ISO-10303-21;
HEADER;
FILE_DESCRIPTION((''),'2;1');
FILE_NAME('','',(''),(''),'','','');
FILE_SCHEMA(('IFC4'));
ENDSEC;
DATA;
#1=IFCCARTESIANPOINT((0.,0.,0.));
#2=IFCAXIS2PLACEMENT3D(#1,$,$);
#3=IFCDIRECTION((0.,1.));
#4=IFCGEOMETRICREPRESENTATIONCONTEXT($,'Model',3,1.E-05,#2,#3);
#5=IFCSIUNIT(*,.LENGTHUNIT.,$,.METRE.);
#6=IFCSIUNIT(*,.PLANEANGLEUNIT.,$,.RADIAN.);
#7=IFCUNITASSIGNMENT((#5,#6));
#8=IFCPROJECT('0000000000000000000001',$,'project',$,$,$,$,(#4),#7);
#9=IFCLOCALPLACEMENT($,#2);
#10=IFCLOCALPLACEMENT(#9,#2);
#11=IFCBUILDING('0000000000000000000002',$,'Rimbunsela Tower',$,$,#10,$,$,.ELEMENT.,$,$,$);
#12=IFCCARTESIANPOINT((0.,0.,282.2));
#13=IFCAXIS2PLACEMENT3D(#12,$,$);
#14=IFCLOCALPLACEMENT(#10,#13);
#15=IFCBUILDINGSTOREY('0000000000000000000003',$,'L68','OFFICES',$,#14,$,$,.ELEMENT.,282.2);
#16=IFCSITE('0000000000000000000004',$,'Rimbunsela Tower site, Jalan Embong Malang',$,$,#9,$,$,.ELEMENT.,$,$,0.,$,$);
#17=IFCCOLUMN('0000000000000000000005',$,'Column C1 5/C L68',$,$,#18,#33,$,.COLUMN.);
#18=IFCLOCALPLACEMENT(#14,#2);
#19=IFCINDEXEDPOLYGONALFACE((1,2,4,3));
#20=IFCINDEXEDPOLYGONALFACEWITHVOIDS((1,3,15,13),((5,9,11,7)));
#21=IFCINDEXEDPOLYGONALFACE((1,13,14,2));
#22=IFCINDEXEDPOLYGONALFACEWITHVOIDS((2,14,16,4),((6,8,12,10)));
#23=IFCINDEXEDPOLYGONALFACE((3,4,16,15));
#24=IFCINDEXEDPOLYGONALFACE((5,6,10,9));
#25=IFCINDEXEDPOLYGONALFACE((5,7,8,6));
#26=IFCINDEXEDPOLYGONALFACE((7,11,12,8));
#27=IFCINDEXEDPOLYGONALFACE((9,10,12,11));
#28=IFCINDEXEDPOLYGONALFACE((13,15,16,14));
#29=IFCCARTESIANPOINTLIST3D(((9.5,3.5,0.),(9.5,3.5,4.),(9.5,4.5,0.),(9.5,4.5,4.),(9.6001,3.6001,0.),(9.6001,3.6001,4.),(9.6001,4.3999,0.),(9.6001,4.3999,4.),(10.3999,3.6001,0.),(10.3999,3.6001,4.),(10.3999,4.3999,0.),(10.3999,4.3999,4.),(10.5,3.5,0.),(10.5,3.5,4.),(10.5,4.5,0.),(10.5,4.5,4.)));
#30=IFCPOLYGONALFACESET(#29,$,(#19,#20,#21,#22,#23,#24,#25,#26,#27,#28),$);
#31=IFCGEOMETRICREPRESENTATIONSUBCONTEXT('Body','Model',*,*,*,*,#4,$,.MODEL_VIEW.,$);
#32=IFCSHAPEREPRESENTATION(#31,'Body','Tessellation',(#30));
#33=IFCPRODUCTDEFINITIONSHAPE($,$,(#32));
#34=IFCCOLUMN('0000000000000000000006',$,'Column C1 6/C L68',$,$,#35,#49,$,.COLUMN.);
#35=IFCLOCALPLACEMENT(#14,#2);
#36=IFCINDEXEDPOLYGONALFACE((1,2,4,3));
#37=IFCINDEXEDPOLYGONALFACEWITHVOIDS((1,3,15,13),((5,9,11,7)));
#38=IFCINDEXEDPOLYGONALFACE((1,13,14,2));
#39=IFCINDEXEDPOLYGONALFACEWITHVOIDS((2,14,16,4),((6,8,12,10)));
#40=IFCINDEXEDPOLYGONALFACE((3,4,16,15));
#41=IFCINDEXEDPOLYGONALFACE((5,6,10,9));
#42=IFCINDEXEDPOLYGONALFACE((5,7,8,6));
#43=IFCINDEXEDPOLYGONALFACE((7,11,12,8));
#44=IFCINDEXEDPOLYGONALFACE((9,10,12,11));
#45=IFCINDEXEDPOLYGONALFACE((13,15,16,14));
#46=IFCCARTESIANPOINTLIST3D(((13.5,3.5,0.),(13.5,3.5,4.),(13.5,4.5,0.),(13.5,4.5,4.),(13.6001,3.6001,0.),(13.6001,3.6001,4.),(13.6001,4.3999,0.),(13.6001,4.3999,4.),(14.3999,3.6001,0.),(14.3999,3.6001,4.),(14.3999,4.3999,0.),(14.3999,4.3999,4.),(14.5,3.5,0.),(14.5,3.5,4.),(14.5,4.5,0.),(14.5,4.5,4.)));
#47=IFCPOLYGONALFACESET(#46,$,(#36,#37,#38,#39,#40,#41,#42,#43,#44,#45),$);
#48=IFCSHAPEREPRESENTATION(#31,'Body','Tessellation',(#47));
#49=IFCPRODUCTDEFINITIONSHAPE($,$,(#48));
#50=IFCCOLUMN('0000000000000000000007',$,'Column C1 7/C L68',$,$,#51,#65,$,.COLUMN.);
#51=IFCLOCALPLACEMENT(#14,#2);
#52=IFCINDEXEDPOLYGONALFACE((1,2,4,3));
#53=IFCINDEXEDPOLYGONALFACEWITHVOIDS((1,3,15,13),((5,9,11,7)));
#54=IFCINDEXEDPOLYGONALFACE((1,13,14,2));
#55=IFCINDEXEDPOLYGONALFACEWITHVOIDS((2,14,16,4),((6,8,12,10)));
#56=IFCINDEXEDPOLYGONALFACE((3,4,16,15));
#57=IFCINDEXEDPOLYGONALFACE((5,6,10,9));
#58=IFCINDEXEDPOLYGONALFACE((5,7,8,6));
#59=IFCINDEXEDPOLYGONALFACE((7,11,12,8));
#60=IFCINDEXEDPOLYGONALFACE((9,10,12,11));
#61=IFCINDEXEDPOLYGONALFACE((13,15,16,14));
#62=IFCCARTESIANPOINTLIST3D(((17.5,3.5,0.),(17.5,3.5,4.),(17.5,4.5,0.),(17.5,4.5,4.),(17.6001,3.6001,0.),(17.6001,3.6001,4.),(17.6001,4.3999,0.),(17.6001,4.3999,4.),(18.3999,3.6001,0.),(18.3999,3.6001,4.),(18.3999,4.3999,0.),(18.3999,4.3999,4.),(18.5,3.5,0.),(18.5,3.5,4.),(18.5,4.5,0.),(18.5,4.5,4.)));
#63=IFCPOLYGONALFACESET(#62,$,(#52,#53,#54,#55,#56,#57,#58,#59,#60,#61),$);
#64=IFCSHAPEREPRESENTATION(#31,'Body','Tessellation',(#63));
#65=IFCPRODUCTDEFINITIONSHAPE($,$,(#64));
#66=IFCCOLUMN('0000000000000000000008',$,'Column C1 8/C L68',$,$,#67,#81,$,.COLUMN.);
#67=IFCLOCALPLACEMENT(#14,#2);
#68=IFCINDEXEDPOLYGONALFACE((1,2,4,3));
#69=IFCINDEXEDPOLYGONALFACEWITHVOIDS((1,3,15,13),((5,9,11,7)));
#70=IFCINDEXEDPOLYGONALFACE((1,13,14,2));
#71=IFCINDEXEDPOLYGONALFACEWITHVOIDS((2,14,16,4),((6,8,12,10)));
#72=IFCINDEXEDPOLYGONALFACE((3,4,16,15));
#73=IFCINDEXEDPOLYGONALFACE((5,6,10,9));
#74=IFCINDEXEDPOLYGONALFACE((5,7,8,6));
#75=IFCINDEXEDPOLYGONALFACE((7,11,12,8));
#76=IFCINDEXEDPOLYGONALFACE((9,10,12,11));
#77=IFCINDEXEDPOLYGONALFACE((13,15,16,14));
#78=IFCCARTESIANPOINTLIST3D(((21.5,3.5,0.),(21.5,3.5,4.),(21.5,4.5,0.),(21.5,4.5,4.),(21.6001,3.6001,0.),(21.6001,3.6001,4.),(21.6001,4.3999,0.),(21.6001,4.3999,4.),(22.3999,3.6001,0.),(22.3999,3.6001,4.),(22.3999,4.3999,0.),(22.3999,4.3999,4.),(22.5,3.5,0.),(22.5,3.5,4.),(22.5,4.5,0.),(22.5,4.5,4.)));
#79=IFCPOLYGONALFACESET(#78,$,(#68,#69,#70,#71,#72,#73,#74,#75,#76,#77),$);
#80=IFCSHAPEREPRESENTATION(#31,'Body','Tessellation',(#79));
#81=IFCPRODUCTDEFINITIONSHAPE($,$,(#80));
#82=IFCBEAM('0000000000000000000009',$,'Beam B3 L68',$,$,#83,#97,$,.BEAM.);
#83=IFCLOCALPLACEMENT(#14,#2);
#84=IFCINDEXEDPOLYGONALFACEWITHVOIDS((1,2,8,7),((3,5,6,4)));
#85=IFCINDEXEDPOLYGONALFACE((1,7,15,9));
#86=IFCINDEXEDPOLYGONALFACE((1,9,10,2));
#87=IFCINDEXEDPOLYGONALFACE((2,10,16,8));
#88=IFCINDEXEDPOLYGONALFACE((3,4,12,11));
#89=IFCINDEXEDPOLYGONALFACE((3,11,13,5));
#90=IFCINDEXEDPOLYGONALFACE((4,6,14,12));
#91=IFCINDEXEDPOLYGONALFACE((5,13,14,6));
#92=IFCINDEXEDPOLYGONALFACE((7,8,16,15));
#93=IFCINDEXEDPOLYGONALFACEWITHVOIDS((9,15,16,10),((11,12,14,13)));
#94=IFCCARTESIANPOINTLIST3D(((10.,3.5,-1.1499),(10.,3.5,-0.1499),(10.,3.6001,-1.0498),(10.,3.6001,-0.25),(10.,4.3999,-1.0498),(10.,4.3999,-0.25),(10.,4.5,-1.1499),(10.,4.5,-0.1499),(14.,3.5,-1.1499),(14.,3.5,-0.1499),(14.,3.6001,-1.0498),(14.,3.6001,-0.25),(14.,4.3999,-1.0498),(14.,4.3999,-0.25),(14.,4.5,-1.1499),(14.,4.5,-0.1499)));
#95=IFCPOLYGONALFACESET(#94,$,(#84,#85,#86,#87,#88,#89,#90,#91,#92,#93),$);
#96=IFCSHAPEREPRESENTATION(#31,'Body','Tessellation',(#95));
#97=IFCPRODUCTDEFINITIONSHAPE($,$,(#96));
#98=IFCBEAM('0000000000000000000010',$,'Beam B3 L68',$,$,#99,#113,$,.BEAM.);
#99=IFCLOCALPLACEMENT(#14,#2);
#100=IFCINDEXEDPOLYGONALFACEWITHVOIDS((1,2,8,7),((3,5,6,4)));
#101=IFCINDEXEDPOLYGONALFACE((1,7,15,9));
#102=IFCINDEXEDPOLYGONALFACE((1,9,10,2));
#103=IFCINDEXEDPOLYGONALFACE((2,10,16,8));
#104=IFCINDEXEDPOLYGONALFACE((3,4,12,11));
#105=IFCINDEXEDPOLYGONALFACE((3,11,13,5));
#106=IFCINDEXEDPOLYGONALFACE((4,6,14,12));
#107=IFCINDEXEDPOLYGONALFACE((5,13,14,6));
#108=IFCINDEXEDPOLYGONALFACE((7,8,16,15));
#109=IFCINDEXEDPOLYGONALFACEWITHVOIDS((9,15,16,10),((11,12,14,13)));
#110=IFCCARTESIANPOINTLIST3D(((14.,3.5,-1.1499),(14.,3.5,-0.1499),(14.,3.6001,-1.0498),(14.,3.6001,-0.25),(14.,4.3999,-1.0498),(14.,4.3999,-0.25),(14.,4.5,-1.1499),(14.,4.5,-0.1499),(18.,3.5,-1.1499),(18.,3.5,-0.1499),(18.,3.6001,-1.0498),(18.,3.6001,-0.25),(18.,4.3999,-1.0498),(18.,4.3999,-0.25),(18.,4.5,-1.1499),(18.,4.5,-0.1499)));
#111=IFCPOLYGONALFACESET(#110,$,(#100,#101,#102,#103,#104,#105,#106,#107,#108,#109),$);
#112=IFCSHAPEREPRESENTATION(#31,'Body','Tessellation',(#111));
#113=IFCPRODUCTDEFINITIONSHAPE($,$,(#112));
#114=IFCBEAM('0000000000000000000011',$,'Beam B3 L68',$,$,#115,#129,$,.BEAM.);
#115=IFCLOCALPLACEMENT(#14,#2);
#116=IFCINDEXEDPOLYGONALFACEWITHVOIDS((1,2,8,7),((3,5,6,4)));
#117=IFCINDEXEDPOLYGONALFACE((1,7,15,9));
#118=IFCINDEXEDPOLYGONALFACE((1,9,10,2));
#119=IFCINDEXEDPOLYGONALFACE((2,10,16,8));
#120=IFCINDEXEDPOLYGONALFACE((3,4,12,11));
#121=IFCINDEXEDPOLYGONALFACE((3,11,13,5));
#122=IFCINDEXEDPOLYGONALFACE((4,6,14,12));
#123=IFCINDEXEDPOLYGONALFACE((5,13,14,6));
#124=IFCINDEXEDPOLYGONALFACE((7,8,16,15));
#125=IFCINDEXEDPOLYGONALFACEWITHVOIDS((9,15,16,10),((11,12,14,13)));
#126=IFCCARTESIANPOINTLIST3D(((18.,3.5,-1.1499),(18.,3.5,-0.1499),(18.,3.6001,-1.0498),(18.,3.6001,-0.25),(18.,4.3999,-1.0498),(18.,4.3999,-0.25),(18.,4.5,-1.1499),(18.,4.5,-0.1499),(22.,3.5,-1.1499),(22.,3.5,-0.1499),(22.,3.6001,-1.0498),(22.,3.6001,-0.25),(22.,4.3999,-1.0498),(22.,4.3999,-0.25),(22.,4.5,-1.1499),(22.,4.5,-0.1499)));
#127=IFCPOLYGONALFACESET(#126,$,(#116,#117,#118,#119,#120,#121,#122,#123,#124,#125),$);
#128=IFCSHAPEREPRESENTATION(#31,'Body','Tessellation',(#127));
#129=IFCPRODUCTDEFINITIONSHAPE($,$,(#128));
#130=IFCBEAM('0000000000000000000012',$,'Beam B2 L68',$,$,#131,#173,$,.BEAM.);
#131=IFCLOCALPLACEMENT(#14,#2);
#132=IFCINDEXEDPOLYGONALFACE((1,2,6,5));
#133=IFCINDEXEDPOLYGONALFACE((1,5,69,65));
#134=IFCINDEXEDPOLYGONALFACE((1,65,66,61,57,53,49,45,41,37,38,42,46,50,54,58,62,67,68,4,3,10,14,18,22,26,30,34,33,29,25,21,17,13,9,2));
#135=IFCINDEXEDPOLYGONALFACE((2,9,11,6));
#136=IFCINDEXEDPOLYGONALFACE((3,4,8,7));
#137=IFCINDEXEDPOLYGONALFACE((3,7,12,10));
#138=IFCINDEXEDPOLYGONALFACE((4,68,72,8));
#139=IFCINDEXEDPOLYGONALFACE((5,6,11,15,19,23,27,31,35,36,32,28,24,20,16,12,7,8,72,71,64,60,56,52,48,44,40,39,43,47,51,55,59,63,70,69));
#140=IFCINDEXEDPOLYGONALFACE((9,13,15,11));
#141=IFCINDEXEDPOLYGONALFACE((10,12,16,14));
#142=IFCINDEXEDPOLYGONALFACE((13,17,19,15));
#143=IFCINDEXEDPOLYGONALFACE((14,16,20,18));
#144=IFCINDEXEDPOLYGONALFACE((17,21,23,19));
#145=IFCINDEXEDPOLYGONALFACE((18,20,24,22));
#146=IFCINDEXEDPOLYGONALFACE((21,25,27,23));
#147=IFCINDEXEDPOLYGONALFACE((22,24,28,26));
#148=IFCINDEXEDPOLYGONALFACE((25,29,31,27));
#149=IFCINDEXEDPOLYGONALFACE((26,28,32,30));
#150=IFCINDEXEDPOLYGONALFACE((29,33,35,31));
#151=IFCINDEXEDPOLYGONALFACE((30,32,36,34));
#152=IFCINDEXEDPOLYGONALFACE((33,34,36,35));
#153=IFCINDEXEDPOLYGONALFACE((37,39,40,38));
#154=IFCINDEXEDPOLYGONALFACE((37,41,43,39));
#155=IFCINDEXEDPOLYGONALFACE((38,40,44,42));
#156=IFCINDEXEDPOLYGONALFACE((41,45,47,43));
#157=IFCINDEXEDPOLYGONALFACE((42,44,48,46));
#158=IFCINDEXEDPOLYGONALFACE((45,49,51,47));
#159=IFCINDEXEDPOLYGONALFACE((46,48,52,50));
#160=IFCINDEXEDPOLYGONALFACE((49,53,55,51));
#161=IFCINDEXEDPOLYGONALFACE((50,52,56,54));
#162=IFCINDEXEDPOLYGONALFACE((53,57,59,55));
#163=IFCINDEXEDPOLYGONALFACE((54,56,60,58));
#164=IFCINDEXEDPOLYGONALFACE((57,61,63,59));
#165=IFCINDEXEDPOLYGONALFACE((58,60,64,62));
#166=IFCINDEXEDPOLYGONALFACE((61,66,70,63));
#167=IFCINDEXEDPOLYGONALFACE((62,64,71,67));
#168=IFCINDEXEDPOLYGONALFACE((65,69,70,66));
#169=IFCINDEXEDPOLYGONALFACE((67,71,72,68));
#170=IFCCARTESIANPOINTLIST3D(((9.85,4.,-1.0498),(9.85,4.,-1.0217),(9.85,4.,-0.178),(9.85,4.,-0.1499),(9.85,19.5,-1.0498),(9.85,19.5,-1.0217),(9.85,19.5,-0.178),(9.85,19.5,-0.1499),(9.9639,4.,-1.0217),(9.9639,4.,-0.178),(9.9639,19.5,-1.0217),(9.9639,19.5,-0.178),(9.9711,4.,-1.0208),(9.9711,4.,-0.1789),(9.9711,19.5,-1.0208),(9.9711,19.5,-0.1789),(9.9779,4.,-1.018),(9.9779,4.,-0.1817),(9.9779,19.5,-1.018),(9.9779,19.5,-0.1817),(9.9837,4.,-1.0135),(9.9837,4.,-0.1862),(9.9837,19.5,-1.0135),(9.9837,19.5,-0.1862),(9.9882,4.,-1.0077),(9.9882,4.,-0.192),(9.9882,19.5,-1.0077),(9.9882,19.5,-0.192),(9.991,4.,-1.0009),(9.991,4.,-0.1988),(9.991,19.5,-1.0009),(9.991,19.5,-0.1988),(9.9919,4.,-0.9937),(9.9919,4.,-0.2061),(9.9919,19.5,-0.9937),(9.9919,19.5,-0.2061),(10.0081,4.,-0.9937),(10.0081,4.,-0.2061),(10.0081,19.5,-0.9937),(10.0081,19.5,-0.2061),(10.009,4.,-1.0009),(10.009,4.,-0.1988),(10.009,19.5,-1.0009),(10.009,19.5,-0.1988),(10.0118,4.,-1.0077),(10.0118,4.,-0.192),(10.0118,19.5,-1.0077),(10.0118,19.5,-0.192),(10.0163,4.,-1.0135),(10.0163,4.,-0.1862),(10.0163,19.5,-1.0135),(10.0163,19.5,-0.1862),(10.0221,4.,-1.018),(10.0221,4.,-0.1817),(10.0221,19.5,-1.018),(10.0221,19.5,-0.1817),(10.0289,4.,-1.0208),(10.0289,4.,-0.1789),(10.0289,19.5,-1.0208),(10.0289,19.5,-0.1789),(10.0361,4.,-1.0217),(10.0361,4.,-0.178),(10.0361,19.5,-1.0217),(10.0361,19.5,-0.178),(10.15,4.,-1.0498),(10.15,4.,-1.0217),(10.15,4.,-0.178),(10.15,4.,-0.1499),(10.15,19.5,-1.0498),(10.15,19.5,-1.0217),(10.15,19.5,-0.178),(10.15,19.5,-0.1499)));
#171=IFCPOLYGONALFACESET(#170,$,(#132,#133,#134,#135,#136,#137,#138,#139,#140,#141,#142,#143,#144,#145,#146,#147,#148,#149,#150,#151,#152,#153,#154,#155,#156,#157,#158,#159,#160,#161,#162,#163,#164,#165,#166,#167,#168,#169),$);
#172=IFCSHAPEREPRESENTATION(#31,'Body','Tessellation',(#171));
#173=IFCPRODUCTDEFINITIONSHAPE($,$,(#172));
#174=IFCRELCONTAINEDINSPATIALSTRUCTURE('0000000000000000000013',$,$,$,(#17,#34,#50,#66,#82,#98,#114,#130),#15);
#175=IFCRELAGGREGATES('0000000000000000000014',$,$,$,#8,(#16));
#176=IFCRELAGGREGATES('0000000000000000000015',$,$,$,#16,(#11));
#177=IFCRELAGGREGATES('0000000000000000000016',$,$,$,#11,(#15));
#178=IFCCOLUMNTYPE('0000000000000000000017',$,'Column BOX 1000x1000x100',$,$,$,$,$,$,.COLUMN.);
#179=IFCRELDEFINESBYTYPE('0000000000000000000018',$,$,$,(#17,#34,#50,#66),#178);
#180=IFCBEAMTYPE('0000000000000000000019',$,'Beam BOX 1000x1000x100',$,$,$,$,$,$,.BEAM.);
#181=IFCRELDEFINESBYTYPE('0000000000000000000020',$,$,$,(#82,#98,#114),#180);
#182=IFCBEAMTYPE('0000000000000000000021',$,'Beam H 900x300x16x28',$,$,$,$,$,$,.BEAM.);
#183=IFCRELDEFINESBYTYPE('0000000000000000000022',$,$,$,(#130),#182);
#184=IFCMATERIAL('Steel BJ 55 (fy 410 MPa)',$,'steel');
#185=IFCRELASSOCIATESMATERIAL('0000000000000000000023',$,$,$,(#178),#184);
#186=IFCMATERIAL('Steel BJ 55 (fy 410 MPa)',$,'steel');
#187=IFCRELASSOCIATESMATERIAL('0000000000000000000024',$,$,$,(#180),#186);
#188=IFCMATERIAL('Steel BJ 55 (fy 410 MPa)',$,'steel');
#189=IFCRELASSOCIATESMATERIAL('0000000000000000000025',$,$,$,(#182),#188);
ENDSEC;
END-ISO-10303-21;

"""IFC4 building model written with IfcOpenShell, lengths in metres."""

from ifc_helpers import new_model, si_unit, direction, frame, origin, origin_2d, place, context, subcontext, project, spatial, hollow_rectangle, i_section, extrude, material, material_profile, profile_set, type_object, element, save


model = new_model("IFC4")

# Units and contexts
model_context = context("Model", 3, precision=1e-05, world=origin(), true_north=direction((0.0, 1.0)))
body_context = subcontext(model_context, "Body", "Model", "MODEL_VIEW")
ifc_project = project(units=[si_unit("LENGTHUNIT", "METRE"), si_unit("PLANEANGLEUNIT", "RADIAN")], contexts=[model_context])

# Site, building, storey
site_placement = place(None, origin())
site = spatial("IfcSite", under=ifc_project, at=site_placement, Name="Rimbunsela Tower site, Jalan Embong Malang", CompositionType="ELEMENT", RefElevation=0.0)
building_placement = place(site_placement, origin())
building = spatial("IfcBuilding", under=site, at=building_placement, Name="Rimbunsela Tower", CompositionType="ELEMENT")
storey_placement = place(building_placement, frame((0.0, 0.0, 282.2)))
storey = spatial("IfcBuildingStorey", under=building, at=storey_placement, Name="L68", Description="OFFICES", CompositionType="ELEMENT", Elevation=282.2)

# Columns
ifc_material_1 = material(Name="Steel BJ 55 (fy 410 MPa)", Category="steel")
ifc_material_profile_1 = material_profile(ifc_material_1, hollow_rectangle(XDim=1.0, YDim=1.0, WallThickness=0.1001, at=origin_2d()), Name="BOX 1000x1000x100")
ifc_profile_set_1 = profile_set([ifc_material_profile_1], Name="Steel BJ 55 (fy 410 MPa)")
column_type = type_object("IfcColumnType", Name="Column BOX 1000x1000x100", PredefinedType="COLUMN", material=ifc_profile_set_1)
for number, where, z_axis, x_axis, name in (
    (1, (10.0, 4.0, 0.0), (0.0, 0.0, 1.0), (1.0, 0.0, 0.0), "Column C1 5/C L68"),
    (2, (14.0, 4.0, 0.0), (0.0, 0.0, 1.0), (1.0, 0.0, 0.0), "Column C1 6/C L68"),
    (3, (18.0, 4.0, 0.0), (0.0, 0.0, 1.0), (1.0, 0.0, 0.0), "Column C1 7/C L68"),
    (4, (22.0, 4.0, 0.0), (0.0, 0.0, 1.0), (1.0, 0.0, 0.0), "Column C1 8/C L68"),
):
    element("IfcColumn", number, at=place(storey_placement, frame(where, z_axis=z_axis, x_axis=x_axis)), inside=storey, type_object=column_type, Name=name, PredefinedType="COLUMN", context=body_context, shape_type="SweptSolid", body=[
        extrude(hollow_rectangle(XDim=1.0, YDim=1.0, WallThickness=0.1001, at=origin_2d()), origin(), (0.0, 0.0, 1.0), 4.0),
    ])

# Beams
ifc_material_2 = material(Name="Steel BJ 55 (fy 410 MPa)", Category="steel")
ifc_material_profile_2 = material_profile(ifc_material_2, hollow_rectangle(XDim=1.0, YDim=1.0, WallThickness=0.1001, at=origin_2d()), Name="BOX 1000x1000x100")
ifc_profile_set_2 = profile_set([ifc_material_profile_2], Name="Steel BJ 55 (fy 410 MPa)")
beam_type_1 = type_object("IfcBeamType", Name="Beam BOX 1000x1000x100", PredefinedType="BEAM", material=ifc_profile_set_2)
for number, where, z_axis, x_axis, name in (
    (5, (10.0, 4.0, -0.6499), (1.0, 0.0, 0.0), (0.0, 1.0, 0.0), "Beam B3 L68"),
    (6, (14.0, 4.0, -0.6499), (1.0, 0.0, 0.0), (0.0, 1.0, 0.0), "Beam B3 L68"),
    (7, (18.0, 4.0, -0.6499), (1.0, 0.0, 0.0), (0.0, 1.0, 0.0), "Beam B3 L68"),
):
    element("IfcBeam", number, at=place(storey_placement, frame(where, z_axis=z_axis, x_axis=x_axis)), inside=storey, type_object=beam_type_1, Name=name, PredefinedType="BEAM", context=body_context, shape_type="SweptSolid", body=[
        extrude(hollow_rectangle(XDim=1.0, YDim=1.0, WallThickness=0.1001, at=origin_2d()), origin(), (0.0, 0.0, 1.0), 4.0),
    ])
ifc_material_3 = material(Name="Steel BJ 55 (fy 410 MPa)", Category="steel")
ifc_material_profile_3 = material_profile(ifc_material_3, i_section(OverallWidth=0.3, OverallDepth=0.8999, WebThickness=0.0161, FlangeThickness=0.0281, FilletRadius=0.0281, at=origin_2d()), Name="H 900x300x16x28")
ifc_profile_set_3 = profile_set([ifc_material_profile_3], Name="Steel BJ 55 (fy 410 MPa)")
beam_type_2 = type_object("IfcBeamType", Name="Beam H 900x300x16x28", PredefinedType="BEAM", material=ifc_profile_set_3)
for number, where, z_axis, x_axis, name in (
    (8, (10.0, 4.0, -0.5999), (0.0, 1.0, 0.0), (-1.0, 0.0, 0.0), "Beam B2 L68"),
):
    element("IfcBeam", number, at=place(storey_placement, frame(where, z_axis=z_axis, x_axis=x_axis)), inside=storey, type_object=beam_type_2, Name=name, PredefinedType="BEAM", context=body_context, shape_type="SweptSolid", body=[
        extrude(i_section(OverallWidth=0.3, OverallDepth=0.8999, WebThickness=0.0161, FlangeThickness=0.0281, FilletRadius=0.0281, at=origin_2d()), origin(), (0.0, 0.0, 1.0), 15.5),
    ])

save(model, "model.ifc")
